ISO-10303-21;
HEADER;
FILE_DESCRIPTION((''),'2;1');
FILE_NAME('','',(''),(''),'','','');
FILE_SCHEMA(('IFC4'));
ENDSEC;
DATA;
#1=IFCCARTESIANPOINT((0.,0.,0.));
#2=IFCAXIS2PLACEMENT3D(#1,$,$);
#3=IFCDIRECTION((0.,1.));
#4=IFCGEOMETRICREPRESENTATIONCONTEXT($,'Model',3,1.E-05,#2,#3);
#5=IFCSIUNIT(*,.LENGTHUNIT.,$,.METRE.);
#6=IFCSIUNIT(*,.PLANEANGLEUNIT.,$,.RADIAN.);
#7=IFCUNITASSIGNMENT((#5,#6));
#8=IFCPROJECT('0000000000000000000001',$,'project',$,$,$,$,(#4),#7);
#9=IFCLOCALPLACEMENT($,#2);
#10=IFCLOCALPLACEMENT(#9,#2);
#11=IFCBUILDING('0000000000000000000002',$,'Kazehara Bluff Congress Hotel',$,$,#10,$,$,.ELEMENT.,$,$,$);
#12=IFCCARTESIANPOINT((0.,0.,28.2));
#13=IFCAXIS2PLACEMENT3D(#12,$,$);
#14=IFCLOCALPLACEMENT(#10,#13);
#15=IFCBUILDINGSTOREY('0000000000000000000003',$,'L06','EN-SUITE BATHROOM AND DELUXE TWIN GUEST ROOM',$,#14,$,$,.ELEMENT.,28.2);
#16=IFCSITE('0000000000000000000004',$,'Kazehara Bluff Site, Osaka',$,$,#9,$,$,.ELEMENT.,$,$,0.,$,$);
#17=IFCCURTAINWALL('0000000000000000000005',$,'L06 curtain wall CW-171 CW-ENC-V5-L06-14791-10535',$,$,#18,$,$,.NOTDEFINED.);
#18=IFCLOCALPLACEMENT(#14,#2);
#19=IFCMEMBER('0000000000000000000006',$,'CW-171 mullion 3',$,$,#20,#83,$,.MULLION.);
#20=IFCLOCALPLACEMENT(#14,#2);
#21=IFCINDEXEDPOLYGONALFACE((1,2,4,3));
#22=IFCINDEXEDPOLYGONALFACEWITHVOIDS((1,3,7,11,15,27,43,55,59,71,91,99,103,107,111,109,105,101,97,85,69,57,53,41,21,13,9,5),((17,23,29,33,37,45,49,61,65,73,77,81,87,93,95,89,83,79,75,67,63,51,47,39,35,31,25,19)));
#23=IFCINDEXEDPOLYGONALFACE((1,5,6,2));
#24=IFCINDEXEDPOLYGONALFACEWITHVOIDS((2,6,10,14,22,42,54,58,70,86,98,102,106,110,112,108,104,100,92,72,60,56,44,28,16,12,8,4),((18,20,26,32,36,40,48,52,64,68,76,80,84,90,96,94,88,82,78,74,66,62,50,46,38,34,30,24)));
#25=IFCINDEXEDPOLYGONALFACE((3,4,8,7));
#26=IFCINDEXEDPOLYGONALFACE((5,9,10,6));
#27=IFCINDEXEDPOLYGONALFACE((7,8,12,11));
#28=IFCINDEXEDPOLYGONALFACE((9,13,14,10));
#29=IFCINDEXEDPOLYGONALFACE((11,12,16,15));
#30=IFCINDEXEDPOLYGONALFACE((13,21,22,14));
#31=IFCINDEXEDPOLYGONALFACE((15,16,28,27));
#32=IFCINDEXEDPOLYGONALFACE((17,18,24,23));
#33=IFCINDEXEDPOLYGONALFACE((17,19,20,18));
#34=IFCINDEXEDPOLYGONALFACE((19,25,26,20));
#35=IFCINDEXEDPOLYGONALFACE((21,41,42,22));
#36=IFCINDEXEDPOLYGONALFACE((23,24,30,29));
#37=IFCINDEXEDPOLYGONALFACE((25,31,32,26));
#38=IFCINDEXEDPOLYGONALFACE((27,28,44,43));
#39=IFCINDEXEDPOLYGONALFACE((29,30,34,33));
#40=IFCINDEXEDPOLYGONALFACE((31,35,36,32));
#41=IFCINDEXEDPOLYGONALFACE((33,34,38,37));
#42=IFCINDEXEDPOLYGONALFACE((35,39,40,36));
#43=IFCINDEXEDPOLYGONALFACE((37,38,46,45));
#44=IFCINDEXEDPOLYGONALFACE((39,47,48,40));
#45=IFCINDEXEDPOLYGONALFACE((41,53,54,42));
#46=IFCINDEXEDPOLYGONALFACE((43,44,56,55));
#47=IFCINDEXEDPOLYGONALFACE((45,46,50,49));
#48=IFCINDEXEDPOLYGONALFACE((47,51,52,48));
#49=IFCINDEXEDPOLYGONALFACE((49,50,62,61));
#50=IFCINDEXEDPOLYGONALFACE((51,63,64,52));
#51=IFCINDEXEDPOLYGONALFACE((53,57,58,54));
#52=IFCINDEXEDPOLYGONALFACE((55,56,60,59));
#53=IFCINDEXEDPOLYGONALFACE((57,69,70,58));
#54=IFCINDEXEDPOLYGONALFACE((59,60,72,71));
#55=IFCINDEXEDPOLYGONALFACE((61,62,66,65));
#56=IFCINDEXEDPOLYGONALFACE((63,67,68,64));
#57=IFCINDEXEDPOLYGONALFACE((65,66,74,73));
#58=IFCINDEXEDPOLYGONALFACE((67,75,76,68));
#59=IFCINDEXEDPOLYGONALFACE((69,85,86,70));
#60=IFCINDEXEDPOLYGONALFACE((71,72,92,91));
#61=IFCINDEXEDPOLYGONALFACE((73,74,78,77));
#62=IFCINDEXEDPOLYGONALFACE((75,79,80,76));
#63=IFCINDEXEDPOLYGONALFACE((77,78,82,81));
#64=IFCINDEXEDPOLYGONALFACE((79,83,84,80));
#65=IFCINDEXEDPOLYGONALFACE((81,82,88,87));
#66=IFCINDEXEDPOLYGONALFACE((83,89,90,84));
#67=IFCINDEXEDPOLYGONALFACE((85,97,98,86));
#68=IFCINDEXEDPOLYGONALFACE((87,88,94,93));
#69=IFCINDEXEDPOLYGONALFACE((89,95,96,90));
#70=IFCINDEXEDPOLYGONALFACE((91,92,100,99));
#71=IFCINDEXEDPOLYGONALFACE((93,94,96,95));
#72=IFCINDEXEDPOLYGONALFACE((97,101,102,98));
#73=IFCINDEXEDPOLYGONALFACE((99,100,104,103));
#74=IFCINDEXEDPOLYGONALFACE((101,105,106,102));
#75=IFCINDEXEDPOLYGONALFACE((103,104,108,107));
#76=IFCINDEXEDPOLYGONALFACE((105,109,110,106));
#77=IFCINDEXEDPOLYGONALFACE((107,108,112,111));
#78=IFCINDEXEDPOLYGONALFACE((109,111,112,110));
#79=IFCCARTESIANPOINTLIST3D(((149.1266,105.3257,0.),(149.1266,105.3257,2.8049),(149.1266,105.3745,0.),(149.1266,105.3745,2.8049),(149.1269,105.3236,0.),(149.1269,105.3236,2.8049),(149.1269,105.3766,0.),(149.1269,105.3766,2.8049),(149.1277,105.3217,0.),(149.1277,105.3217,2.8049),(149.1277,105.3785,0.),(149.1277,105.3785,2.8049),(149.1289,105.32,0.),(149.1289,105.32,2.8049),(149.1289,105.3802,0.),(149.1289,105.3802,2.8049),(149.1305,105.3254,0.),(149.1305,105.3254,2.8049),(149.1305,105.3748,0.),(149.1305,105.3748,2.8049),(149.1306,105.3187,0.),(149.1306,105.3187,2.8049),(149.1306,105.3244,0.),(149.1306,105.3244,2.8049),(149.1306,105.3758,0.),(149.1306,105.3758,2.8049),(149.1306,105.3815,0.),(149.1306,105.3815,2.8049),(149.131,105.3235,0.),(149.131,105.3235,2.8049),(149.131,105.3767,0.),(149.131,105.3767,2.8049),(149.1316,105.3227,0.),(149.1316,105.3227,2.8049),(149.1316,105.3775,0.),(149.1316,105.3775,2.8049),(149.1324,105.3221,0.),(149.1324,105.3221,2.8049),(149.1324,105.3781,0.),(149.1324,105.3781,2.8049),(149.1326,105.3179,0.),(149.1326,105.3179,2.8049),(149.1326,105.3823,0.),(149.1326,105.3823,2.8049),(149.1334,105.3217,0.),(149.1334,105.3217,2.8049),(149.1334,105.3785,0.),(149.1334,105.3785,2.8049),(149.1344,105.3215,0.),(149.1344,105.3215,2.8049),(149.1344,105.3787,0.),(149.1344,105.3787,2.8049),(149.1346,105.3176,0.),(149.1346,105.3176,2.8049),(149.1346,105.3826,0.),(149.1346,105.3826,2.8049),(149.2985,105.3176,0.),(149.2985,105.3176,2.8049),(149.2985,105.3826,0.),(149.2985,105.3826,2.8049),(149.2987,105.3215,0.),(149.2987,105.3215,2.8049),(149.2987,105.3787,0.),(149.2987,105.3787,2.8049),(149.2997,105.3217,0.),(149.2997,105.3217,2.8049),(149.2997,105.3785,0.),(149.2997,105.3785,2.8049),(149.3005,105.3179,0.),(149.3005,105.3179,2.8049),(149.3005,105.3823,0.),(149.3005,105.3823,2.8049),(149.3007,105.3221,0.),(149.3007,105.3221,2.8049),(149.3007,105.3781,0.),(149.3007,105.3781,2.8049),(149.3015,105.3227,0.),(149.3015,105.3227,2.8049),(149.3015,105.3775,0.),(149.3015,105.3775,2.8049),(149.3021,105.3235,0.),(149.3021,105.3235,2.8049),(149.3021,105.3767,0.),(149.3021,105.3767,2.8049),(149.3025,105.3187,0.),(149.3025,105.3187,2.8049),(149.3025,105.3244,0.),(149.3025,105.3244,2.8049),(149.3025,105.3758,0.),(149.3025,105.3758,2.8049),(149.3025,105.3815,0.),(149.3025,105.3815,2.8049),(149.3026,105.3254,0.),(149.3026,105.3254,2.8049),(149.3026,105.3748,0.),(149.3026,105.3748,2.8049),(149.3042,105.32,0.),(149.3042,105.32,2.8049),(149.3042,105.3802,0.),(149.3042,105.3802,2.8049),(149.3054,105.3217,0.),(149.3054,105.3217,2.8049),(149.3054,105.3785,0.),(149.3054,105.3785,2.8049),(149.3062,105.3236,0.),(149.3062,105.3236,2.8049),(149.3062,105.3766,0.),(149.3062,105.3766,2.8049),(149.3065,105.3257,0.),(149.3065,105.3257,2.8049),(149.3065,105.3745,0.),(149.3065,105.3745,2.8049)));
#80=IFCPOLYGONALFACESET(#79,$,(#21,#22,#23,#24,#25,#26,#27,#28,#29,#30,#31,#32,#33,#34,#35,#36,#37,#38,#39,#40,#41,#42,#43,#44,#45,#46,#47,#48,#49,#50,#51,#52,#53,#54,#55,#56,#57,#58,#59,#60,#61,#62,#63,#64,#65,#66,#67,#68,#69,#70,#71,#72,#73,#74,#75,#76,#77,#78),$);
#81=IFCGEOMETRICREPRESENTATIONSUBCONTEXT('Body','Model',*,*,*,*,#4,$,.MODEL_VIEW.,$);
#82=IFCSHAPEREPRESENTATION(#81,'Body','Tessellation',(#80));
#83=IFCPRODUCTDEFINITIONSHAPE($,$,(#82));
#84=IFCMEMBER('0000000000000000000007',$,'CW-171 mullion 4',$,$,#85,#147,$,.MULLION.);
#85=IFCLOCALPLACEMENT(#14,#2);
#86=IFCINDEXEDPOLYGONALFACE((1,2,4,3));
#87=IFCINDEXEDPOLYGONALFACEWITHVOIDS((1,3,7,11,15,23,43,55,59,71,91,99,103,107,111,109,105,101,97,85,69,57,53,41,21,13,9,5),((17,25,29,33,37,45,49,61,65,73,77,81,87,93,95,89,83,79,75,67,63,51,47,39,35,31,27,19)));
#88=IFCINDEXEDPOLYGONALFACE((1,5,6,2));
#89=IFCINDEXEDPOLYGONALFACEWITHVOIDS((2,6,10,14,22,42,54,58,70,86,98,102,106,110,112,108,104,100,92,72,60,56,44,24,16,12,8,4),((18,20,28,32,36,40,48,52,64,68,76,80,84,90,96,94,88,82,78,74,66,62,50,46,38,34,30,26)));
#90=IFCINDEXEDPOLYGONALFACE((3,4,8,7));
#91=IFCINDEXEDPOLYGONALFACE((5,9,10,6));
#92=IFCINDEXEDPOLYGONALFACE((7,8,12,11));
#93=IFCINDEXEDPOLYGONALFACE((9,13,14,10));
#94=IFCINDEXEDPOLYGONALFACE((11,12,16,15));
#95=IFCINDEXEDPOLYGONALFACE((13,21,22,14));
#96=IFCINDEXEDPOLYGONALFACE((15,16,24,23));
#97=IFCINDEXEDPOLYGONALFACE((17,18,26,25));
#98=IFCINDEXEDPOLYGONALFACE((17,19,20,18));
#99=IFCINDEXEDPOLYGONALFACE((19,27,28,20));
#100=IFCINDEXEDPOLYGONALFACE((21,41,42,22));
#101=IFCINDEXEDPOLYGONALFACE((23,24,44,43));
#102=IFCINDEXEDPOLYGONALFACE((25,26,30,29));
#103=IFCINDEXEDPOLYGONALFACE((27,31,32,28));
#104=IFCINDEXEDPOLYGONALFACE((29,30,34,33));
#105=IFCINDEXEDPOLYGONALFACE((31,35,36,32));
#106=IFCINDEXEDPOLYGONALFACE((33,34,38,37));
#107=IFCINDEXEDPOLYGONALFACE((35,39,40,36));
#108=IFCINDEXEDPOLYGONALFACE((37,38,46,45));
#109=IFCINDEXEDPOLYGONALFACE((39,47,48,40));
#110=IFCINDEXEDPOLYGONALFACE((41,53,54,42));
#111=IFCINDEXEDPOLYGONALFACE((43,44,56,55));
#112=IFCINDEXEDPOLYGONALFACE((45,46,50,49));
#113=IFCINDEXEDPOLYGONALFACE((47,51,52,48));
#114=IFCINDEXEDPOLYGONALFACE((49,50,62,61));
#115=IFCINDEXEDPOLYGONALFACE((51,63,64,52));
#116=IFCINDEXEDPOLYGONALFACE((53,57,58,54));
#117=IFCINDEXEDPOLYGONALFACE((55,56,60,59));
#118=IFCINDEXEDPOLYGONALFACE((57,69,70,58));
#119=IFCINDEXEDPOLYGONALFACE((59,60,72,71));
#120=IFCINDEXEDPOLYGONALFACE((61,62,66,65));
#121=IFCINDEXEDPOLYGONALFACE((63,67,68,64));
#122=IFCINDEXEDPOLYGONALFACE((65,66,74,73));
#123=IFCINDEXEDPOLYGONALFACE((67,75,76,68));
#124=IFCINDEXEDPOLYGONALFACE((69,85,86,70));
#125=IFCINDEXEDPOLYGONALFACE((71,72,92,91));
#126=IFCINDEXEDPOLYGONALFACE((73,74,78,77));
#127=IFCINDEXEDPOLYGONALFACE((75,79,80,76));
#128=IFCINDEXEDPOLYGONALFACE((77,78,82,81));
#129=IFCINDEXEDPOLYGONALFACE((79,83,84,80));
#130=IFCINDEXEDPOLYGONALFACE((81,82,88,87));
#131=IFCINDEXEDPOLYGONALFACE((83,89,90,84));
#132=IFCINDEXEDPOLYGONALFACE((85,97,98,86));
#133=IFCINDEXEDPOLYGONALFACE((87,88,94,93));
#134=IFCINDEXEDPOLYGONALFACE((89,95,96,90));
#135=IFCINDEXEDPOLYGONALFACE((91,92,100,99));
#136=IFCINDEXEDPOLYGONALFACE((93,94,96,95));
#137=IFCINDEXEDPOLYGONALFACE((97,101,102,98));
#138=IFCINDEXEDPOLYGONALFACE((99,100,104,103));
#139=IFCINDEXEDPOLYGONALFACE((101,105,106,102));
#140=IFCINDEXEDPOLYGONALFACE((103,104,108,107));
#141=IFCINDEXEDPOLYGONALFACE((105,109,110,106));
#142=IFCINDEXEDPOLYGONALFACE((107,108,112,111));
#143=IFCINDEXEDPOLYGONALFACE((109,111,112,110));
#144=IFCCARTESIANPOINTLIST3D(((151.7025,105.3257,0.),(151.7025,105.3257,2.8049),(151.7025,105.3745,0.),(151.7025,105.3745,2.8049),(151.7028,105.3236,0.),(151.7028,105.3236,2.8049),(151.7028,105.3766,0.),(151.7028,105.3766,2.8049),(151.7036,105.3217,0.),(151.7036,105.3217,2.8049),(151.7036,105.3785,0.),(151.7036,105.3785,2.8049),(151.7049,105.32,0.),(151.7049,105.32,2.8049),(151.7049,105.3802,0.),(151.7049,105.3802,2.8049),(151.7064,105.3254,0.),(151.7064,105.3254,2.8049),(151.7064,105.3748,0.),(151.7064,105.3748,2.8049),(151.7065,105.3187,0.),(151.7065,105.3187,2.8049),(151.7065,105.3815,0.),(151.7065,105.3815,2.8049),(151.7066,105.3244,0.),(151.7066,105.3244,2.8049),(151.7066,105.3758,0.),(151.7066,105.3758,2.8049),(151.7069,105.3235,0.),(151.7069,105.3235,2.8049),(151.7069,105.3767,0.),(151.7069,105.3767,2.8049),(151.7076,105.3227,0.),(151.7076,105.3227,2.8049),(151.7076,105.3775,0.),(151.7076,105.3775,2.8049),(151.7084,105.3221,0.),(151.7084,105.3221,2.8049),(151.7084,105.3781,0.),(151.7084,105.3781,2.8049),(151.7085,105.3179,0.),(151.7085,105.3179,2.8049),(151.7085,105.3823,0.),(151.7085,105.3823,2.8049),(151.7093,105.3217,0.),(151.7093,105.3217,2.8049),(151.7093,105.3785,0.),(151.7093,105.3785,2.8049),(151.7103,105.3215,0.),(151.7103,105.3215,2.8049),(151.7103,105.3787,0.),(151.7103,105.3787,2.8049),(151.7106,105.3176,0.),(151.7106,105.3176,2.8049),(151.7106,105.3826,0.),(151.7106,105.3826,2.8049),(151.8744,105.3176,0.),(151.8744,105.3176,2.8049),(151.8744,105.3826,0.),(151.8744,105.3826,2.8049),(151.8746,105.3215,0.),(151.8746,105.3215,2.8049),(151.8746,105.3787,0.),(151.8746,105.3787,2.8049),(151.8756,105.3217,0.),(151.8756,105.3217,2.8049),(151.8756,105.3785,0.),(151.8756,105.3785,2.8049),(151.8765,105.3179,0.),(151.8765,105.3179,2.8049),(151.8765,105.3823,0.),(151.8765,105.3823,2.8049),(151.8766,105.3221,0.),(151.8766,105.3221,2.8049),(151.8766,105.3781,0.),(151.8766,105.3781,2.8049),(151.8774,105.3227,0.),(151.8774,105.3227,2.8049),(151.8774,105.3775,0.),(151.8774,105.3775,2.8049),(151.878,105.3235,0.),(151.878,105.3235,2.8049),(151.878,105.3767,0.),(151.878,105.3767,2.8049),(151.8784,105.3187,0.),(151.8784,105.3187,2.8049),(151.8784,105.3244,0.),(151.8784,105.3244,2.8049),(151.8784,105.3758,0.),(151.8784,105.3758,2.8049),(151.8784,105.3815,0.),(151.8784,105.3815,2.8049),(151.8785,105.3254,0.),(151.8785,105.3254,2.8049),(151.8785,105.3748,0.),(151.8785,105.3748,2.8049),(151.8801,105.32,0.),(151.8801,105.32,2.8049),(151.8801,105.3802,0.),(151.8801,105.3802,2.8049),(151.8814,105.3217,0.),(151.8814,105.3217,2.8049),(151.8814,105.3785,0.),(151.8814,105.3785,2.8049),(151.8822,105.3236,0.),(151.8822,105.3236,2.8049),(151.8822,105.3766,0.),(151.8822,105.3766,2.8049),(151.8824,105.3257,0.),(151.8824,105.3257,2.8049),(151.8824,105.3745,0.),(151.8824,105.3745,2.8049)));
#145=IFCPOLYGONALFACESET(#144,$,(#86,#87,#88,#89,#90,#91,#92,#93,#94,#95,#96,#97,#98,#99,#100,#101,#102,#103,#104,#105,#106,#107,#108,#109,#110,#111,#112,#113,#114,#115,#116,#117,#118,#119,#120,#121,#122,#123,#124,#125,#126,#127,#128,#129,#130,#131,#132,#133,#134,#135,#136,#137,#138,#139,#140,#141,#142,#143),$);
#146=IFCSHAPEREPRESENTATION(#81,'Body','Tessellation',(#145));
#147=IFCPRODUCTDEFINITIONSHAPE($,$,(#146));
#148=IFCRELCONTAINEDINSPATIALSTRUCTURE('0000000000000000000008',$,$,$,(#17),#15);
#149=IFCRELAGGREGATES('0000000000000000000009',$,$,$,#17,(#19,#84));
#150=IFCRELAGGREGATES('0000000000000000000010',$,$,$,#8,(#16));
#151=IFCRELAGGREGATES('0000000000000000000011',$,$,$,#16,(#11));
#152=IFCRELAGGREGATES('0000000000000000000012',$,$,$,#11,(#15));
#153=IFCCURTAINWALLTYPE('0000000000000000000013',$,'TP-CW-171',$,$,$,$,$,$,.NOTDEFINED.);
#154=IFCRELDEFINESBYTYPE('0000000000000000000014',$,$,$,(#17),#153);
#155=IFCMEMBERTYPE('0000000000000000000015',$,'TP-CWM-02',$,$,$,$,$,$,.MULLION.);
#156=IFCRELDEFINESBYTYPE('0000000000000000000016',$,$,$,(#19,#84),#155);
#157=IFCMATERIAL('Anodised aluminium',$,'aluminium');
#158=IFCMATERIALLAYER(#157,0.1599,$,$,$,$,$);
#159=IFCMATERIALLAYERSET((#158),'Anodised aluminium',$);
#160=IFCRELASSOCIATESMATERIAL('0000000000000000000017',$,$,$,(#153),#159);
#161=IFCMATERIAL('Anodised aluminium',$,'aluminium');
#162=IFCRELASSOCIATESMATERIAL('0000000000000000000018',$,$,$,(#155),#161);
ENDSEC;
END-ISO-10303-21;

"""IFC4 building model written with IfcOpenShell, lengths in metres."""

from ifc_helpers import new_model, si_unit, direction, frame, origin, origin_2d, place, context, subcontext, project, spatial, hollow_rectangle, extrude, material, layer, layer_set, material_profile, profile_set, type_object, element, aggregate, save


model = new_model("IFC4")

# Units and contexts
model_context = context("Model", 3, precision=1e-05, world=origin(), true_north=direction((0.0, 1.0)))
body_context = subcontext(model_context, "Body", "Model", "MODEL_VIEW")
ifc_project = project(units=[si_unit("LENGTHUNIT", "METRE"), si_unit("PLANEANGLEUNIT", "RADIAN")], contexts=[model_context])

# Site, building, storey
site_placement = place(None, origin())
site = spatial("IfcSite", under=ifc_project, at=site_placement, Name="Kazehara Bluff Site, Osaka", CompositionType="ELEMENT", RefElevation=0.0)
building_placement = place(site_placement, origin())
building = spatial("IfcBuilding", under=site, at=building_placement, Name="Kazehara Bluff Congress Hotel", CompositionType="ELEMENT")
storey_placement = place(building_placement, frame((0.0, 0.0, 28.2)))
storey = spatial("IfcBuildingStorey", under=building, at=storey_placement, Name="L06", Description="EN-SUITE BATHROOM AND DELUXE TWIN GUEST ROOM", CompositionType="ELEMENT", Elevation=28.2)

# Curtain wall, members
ifc_material_1 = material(Name="Anodised aluminium", Category="aluminium")
ifc_layer_1 = layer(ifc_material_1, 0.1599)
ifc_layer_set_1 = layer_set([ifc_layer_1], Name="Anodised aluminium")
curtain_wall_type = type_object("IfcCurtainWallType", Name="TP-CW-171", PredefinedType="NOTDEFINED", material=ifc_layer_set_1)
curtain_wall_placement = place(storey_placement, origin())
curtain_wall = element("IfcCurtainWall", 1, at=curtain_wall_placement, inside=storey, type_object=curtain_wall_type, Name="L06 curtain wall CW-171 CW-ENC-V5-L06-14791-10535", PredefinedType="NOTDEFINED")
ifc_material_2 = material(Name="Anodised aluminium", Category="aluminium")
ifc_material_profile_1 = material_profile(ifc_material_2, hollow_rectangle(XDim=0.0649, YDim=0.1799, WallThickness=0.0039, InnerFilletRadius=0.0039, OuterFilletRadius=0.0081, at=origin_2d()))
ifc_profile_set_1 = profile_set([ifc_material_profile_1], Name="Anodised aluminium")
member_type_1 = type_object("IfcMemberType", Name="TP-CWM-02", PredefinedType="MULLION", material=ifc_profile_set_1)
member_1_placement = place(storey_placement, frame((149.2166, 105.3501, 0.0), z_axis=(0.0, 0.0, 1.0), x_axis=(0.0, 1.0, 0.0)))
member_1 = element("IfcMember", 2, at=member_1_placement, type_object=member_type_1, Name="CW-171 mullion 3", PredefinedType="MULLION", context=body_context, shape_type="SweptSolid", body=[
    extrude(hollow_rectangle(XDim=0.0649, YDim=0.1799, WallThickness=0.0039, InnerFilletRadius=0.0039, OuterFilletRadius=0.0081, at=origin_2d()), origin(), (0.0, 0.0, 1.0), 2.8049),
])
member_2_placement = place(storey_placement, frame((151.7925, 105.3501, 0.0), z_axis=(0.0, 0.0, 1.0), x_axis=(0.0, 1.0, 0.0)))
member_2 = element("IfcMember", 3, at=member_2_placement, type_object=member_type_1, Name="CW-171 mullion 4", PredefinedType="MULLION", context=body_context, shape_type="SweptSolid", body=[
    extrude(hollow_rectangle(XDim=0.0649, YDim=0.1799, WallThickness=0.0039, InnerFilletRadius=0.0039, OuterFilletRadius=0.0081, at=origin_2d()), origin(), (0.0, 0.0, 1.0), 2.8049),
])

aggregate(curtain_wall, [member_1, member_2])

save(model, "model.ifc")
